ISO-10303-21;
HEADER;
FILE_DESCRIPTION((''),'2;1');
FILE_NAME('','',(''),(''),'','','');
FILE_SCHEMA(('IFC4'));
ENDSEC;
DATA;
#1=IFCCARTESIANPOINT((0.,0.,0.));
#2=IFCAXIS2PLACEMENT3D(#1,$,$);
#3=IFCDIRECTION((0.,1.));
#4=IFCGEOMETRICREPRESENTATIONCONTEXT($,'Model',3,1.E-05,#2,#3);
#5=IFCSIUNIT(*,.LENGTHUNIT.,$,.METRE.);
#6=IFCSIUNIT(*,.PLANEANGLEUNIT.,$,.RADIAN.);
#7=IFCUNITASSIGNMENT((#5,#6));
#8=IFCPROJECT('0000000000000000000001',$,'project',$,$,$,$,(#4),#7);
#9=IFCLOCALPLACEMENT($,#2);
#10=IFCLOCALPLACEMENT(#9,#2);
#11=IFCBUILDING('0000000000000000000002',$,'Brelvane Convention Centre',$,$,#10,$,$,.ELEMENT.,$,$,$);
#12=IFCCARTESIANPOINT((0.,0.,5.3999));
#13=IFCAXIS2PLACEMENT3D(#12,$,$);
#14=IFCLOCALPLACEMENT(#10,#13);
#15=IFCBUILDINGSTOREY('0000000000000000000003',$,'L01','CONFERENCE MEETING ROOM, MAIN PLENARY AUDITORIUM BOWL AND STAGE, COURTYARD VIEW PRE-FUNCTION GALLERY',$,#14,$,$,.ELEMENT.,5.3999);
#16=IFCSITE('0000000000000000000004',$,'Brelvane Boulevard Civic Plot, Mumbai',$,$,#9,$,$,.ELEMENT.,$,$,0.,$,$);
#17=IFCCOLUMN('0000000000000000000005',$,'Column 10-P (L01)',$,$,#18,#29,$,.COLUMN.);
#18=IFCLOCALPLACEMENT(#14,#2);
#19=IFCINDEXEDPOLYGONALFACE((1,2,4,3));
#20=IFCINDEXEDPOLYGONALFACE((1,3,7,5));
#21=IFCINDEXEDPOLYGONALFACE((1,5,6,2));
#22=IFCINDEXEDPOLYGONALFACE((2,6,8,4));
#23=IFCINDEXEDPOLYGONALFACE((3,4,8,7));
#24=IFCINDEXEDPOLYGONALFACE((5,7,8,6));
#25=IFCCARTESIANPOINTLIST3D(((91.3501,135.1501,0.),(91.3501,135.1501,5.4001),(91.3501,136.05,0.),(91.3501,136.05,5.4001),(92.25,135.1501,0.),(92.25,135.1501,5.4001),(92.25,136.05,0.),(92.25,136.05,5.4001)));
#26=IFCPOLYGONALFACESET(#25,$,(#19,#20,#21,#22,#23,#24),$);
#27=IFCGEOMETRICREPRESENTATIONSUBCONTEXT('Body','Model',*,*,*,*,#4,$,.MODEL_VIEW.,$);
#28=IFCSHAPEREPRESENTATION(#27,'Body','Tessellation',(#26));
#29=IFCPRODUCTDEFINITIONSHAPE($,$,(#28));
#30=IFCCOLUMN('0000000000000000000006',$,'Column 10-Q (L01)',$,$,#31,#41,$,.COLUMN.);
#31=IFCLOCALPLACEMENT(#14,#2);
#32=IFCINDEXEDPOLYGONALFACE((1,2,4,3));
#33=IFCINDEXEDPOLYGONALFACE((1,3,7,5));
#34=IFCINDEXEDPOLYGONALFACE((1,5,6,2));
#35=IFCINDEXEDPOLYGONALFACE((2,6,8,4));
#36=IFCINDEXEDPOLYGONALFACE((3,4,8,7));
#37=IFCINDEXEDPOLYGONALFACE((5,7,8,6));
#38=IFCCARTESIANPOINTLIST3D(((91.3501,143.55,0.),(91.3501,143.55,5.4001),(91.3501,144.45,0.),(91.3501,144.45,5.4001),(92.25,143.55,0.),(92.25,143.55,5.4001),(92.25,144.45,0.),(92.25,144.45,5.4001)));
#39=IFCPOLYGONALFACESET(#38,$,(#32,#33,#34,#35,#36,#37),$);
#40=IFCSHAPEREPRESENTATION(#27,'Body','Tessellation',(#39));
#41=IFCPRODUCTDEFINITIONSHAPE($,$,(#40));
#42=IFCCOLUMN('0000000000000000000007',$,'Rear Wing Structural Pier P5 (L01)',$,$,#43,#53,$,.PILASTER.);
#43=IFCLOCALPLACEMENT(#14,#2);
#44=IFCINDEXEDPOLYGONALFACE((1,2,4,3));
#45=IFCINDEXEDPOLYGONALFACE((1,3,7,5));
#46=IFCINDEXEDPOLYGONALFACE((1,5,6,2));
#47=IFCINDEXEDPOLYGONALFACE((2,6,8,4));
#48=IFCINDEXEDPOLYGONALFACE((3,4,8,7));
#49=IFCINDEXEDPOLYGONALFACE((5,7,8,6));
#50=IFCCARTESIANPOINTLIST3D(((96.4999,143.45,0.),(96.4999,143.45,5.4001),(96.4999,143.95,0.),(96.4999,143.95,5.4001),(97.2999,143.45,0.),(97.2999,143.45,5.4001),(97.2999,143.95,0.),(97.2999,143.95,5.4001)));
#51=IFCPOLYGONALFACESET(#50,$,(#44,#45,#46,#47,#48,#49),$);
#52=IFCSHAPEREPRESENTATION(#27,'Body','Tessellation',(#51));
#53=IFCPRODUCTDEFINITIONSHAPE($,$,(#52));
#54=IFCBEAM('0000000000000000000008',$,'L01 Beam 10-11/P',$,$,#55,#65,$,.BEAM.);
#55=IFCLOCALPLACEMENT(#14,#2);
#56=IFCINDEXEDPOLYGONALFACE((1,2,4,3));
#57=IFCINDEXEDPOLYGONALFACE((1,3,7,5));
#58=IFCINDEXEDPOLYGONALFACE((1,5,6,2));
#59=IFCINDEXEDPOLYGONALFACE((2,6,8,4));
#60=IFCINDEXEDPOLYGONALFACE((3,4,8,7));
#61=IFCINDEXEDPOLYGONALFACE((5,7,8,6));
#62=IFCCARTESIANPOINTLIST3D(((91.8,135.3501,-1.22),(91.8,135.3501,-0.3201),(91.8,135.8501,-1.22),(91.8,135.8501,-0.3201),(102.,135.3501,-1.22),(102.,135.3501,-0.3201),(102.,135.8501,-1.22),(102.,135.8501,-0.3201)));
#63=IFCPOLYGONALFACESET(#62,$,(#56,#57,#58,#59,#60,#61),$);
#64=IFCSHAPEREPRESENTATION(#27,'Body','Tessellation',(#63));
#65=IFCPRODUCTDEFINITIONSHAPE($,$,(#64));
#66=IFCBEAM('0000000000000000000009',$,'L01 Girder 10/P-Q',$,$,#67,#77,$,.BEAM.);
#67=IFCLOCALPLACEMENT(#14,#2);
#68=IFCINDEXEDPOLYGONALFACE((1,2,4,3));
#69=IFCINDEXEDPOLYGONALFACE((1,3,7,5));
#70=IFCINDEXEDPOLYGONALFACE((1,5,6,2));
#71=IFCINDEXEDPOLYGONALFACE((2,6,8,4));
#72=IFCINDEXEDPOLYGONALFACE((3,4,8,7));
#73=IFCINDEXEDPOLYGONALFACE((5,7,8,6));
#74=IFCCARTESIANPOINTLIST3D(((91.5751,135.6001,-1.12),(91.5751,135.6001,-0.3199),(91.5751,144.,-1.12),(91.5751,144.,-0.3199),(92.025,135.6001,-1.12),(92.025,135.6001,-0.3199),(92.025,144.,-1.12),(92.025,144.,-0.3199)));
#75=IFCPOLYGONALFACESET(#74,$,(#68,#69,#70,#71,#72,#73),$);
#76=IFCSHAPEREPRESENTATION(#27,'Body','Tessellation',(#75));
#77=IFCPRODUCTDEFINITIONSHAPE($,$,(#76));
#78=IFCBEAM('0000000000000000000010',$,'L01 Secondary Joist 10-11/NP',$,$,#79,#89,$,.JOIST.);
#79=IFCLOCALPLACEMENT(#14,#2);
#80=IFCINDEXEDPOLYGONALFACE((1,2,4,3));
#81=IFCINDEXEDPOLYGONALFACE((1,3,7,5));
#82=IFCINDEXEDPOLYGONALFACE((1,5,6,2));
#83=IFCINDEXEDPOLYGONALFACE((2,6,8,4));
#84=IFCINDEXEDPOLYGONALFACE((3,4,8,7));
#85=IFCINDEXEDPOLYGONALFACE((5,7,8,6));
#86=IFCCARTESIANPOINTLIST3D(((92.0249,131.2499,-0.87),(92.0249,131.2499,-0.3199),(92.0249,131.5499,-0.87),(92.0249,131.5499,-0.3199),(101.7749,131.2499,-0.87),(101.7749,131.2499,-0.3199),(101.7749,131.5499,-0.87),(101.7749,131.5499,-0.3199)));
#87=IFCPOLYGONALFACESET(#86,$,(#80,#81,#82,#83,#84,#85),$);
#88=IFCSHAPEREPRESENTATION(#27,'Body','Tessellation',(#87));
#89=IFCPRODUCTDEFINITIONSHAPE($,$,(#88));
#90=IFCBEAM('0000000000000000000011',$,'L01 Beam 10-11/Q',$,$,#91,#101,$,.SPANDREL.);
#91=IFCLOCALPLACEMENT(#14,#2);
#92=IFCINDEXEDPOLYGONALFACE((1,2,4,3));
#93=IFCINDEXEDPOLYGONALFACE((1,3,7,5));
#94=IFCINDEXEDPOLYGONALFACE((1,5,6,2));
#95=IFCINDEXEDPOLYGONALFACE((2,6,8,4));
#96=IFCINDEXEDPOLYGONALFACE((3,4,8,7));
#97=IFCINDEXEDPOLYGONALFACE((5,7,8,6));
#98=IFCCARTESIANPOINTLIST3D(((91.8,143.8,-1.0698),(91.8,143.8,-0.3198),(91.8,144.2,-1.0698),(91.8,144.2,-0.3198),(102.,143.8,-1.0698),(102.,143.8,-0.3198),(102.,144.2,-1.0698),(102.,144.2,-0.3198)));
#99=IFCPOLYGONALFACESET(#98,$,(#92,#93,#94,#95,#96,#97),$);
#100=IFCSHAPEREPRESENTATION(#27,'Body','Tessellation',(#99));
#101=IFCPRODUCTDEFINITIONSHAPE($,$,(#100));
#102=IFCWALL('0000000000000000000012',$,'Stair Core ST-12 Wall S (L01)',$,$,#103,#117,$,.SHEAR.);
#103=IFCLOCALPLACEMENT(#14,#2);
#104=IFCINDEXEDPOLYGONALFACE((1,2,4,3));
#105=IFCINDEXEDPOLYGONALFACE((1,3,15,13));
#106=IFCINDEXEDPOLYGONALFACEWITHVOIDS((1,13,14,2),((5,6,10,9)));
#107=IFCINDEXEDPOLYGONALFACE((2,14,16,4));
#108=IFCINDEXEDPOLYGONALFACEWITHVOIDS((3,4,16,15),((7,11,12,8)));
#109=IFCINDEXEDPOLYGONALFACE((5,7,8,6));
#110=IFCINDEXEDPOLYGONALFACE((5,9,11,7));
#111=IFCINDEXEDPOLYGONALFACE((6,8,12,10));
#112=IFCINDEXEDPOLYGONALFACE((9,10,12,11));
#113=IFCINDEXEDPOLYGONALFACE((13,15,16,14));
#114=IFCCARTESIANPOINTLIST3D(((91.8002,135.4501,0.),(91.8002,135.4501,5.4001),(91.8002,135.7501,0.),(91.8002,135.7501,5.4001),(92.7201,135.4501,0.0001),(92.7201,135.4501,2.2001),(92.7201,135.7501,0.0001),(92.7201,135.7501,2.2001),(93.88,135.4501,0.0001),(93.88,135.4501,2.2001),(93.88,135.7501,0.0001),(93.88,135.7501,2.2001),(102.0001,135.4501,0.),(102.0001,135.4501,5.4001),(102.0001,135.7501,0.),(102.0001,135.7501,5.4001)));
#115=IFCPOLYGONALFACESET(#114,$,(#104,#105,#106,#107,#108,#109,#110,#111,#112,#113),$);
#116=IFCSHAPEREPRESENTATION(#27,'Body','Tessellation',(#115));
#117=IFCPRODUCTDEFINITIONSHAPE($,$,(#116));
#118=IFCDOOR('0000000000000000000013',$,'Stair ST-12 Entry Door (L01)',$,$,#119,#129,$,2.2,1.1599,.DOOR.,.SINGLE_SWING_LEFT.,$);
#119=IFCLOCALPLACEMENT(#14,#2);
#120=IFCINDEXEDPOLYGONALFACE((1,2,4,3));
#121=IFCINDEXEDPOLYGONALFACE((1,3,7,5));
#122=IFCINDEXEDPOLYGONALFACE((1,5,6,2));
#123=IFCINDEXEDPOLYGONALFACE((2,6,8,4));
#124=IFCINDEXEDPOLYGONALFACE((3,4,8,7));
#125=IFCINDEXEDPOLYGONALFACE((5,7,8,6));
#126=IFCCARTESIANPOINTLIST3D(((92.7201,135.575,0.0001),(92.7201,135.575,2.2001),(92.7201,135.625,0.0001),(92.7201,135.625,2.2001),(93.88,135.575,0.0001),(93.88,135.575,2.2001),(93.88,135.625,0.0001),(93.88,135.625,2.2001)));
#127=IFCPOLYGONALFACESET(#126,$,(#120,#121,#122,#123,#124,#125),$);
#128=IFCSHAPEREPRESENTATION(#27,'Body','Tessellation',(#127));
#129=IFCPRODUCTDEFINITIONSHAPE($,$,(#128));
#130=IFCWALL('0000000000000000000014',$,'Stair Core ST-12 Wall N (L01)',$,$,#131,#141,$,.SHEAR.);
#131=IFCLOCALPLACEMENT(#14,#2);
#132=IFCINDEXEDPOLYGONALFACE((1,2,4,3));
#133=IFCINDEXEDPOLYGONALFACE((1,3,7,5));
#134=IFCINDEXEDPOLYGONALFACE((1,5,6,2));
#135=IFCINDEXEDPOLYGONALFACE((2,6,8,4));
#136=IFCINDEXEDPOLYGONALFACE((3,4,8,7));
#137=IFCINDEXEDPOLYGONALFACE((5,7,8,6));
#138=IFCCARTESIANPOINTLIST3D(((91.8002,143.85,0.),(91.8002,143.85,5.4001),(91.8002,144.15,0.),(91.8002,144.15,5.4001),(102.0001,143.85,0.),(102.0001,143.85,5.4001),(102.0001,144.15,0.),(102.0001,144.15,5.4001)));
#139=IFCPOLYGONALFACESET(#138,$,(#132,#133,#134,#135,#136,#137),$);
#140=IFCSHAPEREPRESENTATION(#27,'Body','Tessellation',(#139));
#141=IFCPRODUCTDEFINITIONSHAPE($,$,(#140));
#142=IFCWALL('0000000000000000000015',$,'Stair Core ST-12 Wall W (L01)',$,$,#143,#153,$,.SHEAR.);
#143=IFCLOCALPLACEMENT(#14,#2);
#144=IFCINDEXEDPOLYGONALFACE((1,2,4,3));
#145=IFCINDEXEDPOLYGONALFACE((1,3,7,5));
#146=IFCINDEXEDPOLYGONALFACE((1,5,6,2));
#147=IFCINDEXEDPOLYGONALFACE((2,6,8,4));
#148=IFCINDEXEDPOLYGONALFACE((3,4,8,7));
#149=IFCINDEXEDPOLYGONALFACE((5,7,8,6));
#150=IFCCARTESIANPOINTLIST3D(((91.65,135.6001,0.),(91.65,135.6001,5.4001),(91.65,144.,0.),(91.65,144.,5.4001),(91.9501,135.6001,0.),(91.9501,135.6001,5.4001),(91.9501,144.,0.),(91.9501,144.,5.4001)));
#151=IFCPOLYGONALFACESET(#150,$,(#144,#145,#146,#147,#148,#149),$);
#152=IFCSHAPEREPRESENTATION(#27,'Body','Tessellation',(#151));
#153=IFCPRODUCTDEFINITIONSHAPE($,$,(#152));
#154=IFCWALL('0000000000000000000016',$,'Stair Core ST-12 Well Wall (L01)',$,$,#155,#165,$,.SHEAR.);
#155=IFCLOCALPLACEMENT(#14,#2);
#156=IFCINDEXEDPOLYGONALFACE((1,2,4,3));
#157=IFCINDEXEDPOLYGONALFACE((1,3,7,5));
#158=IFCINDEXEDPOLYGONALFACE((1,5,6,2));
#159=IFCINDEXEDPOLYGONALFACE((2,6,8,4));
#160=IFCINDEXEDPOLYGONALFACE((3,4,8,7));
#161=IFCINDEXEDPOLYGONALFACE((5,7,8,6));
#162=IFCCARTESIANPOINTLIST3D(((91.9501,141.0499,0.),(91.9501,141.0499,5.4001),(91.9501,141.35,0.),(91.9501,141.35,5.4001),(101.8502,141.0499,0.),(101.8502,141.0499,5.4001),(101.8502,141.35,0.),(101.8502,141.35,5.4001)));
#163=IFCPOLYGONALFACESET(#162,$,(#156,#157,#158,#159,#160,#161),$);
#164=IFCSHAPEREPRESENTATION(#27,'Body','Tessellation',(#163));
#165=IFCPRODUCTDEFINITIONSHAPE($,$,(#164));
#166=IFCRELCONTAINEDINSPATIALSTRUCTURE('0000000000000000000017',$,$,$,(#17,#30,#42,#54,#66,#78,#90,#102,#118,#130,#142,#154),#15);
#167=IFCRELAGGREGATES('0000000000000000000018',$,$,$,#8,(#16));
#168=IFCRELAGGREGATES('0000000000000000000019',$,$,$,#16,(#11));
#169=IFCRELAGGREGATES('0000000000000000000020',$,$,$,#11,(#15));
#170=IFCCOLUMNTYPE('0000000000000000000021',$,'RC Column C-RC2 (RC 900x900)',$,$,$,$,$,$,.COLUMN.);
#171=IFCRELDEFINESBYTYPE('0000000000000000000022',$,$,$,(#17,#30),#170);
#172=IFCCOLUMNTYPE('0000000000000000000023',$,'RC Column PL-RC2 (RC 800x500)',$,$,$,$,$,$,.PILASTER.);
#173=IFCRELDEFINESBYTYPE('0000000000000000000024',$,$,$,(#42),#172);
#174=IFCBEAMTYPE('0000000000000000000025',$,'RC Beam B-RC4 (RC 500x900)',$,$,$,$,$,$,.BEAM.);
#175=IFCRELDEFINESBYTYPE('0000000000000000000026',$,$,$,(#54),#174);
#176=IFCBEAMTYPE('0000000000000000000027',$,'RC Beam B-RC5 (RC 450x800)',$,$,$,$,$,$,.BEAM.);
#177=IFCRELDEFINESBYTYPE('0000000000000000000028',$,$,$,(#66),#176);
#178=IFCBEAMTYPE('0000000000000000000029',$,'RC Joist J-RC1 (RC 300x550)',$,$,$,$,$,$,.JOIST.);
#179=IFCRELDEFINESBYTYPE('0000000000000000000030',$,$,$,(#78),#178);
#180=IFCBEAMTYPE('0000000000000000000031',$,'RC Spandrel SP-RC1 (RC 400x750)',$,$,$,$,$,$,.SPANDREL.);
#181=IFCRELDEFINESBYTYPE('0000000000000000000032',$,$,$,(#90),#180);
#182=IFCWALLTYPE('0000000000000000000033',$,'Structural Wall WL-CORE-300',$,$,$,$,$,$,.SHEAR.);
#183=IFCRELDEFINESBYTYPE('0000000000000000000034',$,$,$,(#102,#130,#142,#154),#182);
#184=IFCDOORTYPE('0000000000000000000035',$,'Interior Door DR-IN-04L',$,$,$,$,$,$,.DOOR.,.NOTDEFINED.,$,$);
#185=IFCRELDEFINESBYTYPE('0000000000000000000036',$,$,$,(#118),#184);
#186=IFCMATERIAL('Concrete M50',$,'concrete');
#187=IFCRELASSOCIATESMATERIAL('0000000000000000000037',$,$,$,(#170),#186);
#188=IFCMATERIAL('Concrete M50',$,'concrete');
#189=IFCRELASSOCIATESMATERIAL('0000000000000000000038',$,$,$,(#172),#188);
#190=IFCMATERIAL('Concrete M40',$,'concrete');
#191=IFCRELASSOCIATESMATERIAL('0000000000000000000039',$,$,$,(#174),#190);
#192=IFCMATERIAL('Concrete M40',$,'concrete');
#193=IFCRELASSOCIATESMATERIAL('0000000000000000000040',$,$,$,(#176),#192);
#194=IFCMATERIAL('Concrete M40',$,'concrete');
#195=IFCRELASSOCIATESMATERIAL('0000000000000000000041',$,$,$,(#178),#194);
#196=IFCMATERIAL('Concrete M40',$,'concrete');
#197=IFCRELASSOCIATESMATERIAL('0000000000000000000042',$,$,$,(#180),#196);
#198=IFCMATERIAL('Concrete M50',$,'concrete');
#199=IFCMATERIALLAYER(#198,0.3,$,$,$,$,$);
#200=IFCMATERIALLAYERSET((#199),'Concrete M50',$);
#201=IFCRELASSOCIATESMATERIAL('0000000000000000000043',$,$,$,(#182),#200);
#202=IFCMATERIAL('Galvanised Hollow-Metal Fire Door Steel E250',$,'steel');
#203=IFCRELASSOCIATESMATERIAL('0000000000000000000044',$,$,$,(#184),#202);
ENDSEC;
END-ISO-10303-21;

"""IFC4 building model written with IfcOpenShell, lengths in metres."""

from ifc_helpers import new_model, si_unit, direction, frame, frame_2d, origin, origin_2d, place, context, subcontext, project, spatial, rectangle, extrude, material, layer, layer_set, material_profile, profile_set, type_object, element, fill, save


model = new_model("IFC4")

# Units and contexts
model_context = context("Model", 3, precision=1e-05, world=origin(), true_north=direction((0.0, 1.0)))
body_context = subcontext(model_context, "Body", "Model", "MODEL_VIEW")
ifc_project = project(units=[si_unit("LENGTHUNIT", "METRE"), si_unit("PLANEANGLEUNIT", "RADIAN")], contexts=[model_context])

# Site, building, storey
site_placement = place(None, origin())
site = spatial("IfcSite", under=ifc_project, at=site_placement, Name="Brelvane Boulevard Civic Plot, Mumbai", CompositionType="ELEMENT", RefElevation=0.0)
building_placement = place(site_placement, origin())
building = spatial("IfcBuilding", under=site, at=building_placement, Name="Brelvane Convention Centre", CompositionType="ELEMENT")
storey_placement = place(building_placement, frame((0.0, 0.0, 5.3999)))
storey = spatial("IfcBuildingStorey", under=building, at=storey_placement, Name="L01", Description="CONFERENCE MEETING ROOM, MAIN PLENARY AUDITORIUM BOWL AND STAGE, COURTYARD VIEW PRE-FUNCTION GALLERY", CompositionType="ELEMENT", Elevation=5.3999)

# Columns
ifc_material_1 = material(Name="Concrete M50", Category="concrete")
ifc_material_profile_1 = material_profile(ifc_material_1, rectangle(XDim=0.8999, YDim=0.8999, at=origin_2d()), Name="RC 900x900")
ifc_profile_set_1 = profile_set([ifc_material_profile_1], Name="Concrete M50")
column_type_1 = type_object("IfcColumnType", Name="RC Column C-RC2 (RC 900x900)", PredefinedType="COLUMN", material=ifc_profile_set_1)
for number, where, z_axis, x_axis, name in (
    (1, (91.8, 135.6001, 0.0), (0.0, 0.0, 1.0), (1.0, 0.0, 0.0), "Column 10-P (L01)"),
    (2, (91.8, 144.0, 0.0), (0.0, 0.0, 1.0), (1.0, 0.0, 0.0), "Column 10-Q (L01)"),
):
    element("IfcColumn", number, at=place(storey_placement, frame(where, z_axis=z_axis, x_axis=x_axis)), inside=storey, type_object=column_type_1, Name=name, PredefinedType="COLUMN", context=body_context, shape_type="SweptSolid", body=[
        extrude(rectangle(XDim=0.8999, YDim=0.8999, at=origin_2d()), origin(), (0.0, 0.0, 1.0), 5.4001),
    ])
ifc_material_2 = material(Name="Concrete M50", Category="concrete")
ifc_material_profile_2 = material_profile(ifc_material_2, rectangle(XDim=0.8, YDim=0.5, at=origin_2d()), Name="RC 800x500")
ifc_profile_set_2 = profile_set([ifc_material_profile_2], Name="Concrete M50")
column_type_2 = type_object("IfcColumnType", Name="RC Column PL-RC2 (RC 800x500)", PredefinedType="PILASTER", material=ifc_profile_set_2)
column_placement = place(storey_placement, frame((96.8999, 143.7, 0.0), z_axis=(0.0, 0.0, 1.0), x_axis=(1.0, 0.0, 0.0)))
element("IfcColumn", 3, at=column_placement, inside=storey, type_object=column_type_2, Name="Rear Wing Structural Pier P5 (L01)", PredefinedType="PILASTER", context=body_context, shape_type="SweptSolid", body=[
    extrude(rectangle(XDim=0.8, YDim=0.5, at=origin_2d()), origin(), (0.0, 0.0, 1.0), 5.4001),
])

# Beams
ifc_material_3 = material(Name="Concrete M40", Category="concrete")
ifc_material_profile_3 = material_profile(ifc_material_3, rectangle(XDim=0.5, YDim=0.8999, at=origin_2d()), Name="RC 500x900")
ifc_profile_set_3 = profile_set([ifc_material_profile_3], Name="Concrete M40")
beam_type_1 = type_object("IfcBeamType", Name="RC Beam B-RC4 (RC 500x900)", PredefinedType="BEAM", material=ifc_profile_set_3)
beam_1_placement = place(storey_placement, frame((91.8, 135.6001, -0.77), z_axis=(1.0, 0.0, 0.0), x_axis=(0.0, 1.0, 0.0)))
element("IfcBeam", 4, at=beam_1_placement, inside=storey, type_object=beam_type_1, Name="L01 Beam 10-11/P", PredefinedType="BEAM", context=body_context, shape_type="SweptSolid", body=[
    extrude(rectangle(XDim=0.5, YDim=0.8999, at=origin_2d()), origin(), (0.0, 0.0, 1.0), 10.2),
])
ifc_material_4 = material(Name="Concrete M40", Category="concrete")
ifc_material_profile_4 = material_profile(ifc_material_4, rectangle(XDim=0.45, YDim=0.8, at=origin_2d()), Name="RC 450x800")
ifc_profile_set_4 = profile_set([ifc_material_profile_4], Name="Concrete M40")
beam_type_2 = type_object("IfcBeamType", Name="RC Beam B-RC5 (RC 450x800)", PredefinedType="BEAM", material=ifc_profile_set_4)
beam_2_placement = place(storey_placement, frame((91.8, 135.6001, -0.72), z_axis=(0.0, 1.0, 0.0), x_axis=(-1.0, 0.0, 0.0)))
element("IfcBeam", 5, at=beam_2_placement, inside=storey, type_object=beam_type_2, Name="L01 Girder 10/P-Q", PredefinedType="BEAM", context=body_context, shape_type="SweptSolid", body=[
    extrude(rectangle(XDim=0.45, YDim=0.8, at=origin_2d()), origin(), (0.0, 0.0, 1.0), 8.3999),
])
ifc_material_5 = material(Name="Concrete M40", Category="concrete")
ifc_material_profile_5 = material_profile(ifc_material_5, rectangle(XDim=0.3, YDim=0.55, at=origin_2d()), Name="RC 300x550")
ifc_profile_set_5 = profile_set([ifc_material_profile_5], Name="Concrete M40")
beam_type_3 = type_object("IfcBeamType", Name="RC Joist J-RC1 (RC 300x550)", PredefinedType="JOIST", material=ifc_profile_set_5)
beam_3_placement = place(storey_placement, frame((92.0249, 131.3999, -0.595), z_axis=(1.0, 0.0, 0.0), x_axis=(0.0, 1.0, 0.0)))
element("IfcBeam", 6, at=beam_3_placement, inside=storey, type_object=beam_type_3, Name="L01 Secondary Joist 10-11/NP", PredefinedType="JOIST", context=body_context, shape_type="SweptSolid", body=[
    extrude(rectangle(XDim=0.3, YDim=0.55, at=origin_2d()), origin(), (0.0, 0.0, 1.0), 9.75),
])
ifc_material_6 = material(Name="Concrete M40", Category="concrete")
ifc_material_profile_6 = material_profile(ifc_material_6, rectangle(XDim=0.3999, YDim=0.75, at=origin_2d()), Name="RC 400x750")
ifc_profile_set_6 = profile_set([ifc_material_profile_6], Name="Concrete M40")
beam_type_4 = type_object("IfcBeamType", Name="RC Spandrel SP-RC1 (RC 400x750)", PredefinedType="SPANDREL", material=ifc_profile_set_6)
beam_4_placement = place(storey_placement, frame((91.8, 144.0, -0.6948), z_axis=(1.0, 0.0, 0.0), x_axis=(0.0, 1.0, 0.0)))
element("IfcBeam", 7, at=beam_4_placement, inside=storey, type_object=beam_type_4, Name="L01 Beam 10-11/Q", PredefinedType="SPANDREL", context=body_context, shape_type="SweptSolid", body=[
    extrude(rectangle(XDim=0.3999, YDim=0.75, at=origin_2d()), origin(), (0.0, 0.0, 1.0), 10.2),
])

# Wall, opening, door
ifc_material_7 = material(Name="Concrete M50", Category="concrete")
ifc_layer = layer(ifc_material_7, 0.3)
ifc_layer_set = layer_set([ifc_layer], Name="Concrete M50")
wall_type = type_object("IfcWallType", Name="Structural Wall WL-CORE-300", PredefinedType="SHEAR", material=ifc_layer_set)
wall_1_placement = place(storey_placement, frame((91.8, 135.6001, 0.0), z_axis=(0.0, 0.0, 1.0), x_axis=(1.0, 0.0, 0.0)))
wall_1 = element("IfcWall", 8, at=wall_1_placement, inside=storey, type_object=wall_type, Name="Stair Core ST-12 Wall S (L01)", PredefinedType="SHEAR", context=body_context, shape_type="SweptSolid", body=[
    extrude(rectangle(XDim=10.2, YDim=0.3, at=frame_2d((5.1001, 0.0))), origin(), (0.0, 0.0, 1.0), 5.4001),
])
opening_placement = place(wall_1_placement, frame((0.9199, 0.0, 0.0)))
opening = element("IfcOpeningElement", 9, at=opening_placement, cuts=wall_1, PredefinedType="OPENING", context=body_context, shape_type="SweptSolid", body=[
    extrude(rectangle(XDim=1.1599, YDim=2.2, at=frame_2d((0.5801, 1.1001))), frame((0.0, 0.1599, 0.0), z_axis=(0.0, -1.0, 0.0), x_axis=(1.0, 0.0, 0.0)), (0.0, 0.0, 1.0), 0.3201),
])
ifc_material_8 = material(Name="Galvanised Hollow-Metal Fire Door Steel E250", Category="steel")
door_type = type_object("IfcDoorType", Name="Interior Door DR-IN-04L", OperationType="NOTDEFINED", PredefinedType="DOOR", material=ifc_material_8)
door_placement = place(opening_placement, origin())
door = element("IfcDoor", 10, at=door_placement, inside=storey, type_object=door_type, Name="Stair ST-12 Entry Door (L01)", OperationType="SINGLE_SWING_LEFT", OverallHeight=2.2, OverallWidth=1.1599, PredefinedType="DOOR", context=body_context, shape_type="SweptSolid", body=[
    extrude(rectangle(XDim=1.1599, YDim=2.2, at=frame_2d((0.5801, 1.1001))), frame((0.0, 0.0249, 0.0), z_axis=(0.0, -1.0, 0.0), x_axis=(1.0, 0.0, 0.0)), (0.0, 0.0, 1.0), 0.05),
])
fill(opening, door)

# Walls
wall_2_placement = place(storey_placement, frame((91.8, 144.0, 0.0), z_axis=(0.0, 0.0, 1.0), x_axis=(1.0, 0.0, 0.0)))
element("IfcWall", 11, at=wall_2_placement, inside=storey, type_object=wall_type, Name="Stair Core ST-12 Wall N (L01)", PredefinedType="SHEAR", context=body_context, shape_type="SweptSolid", body=[
    extrude(rectangle(XDim=10.2, YDim=0.3, at=frame_2d((5.1001, 0.0))), origin(), (0.0, 0.0, 1.0), 5.4001),
])
wall_3_placement = place(storey_placement, frame((91.8, 135.6001, 0.0), z_axis=(0.0, 0.0, 1.0), x_axis=(0.0, 1.0, 0.0)))
element("IfcWall", 12, at=wall_3_placement, inside=storey, type_object=wall_type, Name="Stair Core ST-12 Wall W (L01)", PredefinedType="SHEAR", context=body_context, shape_type="SweptSolid", body=[
    extrude(rectangle(XDim=8.3999, YDim=0.3, at=frame_2d((4.2, 0.0))), origin(), (0.0, 0.0, 1.0), 5.4001),
])
wall_4_placement = place(storey_placement, frame((91.95, 141.2, 0.0), z_axis=(0.0, 0.0, 1.0), x_axis=(1.0, 0.0, 0.0)))
element("IfcWall", 13, at=wall_4_placement, inside=storey, type_object=wall_type, Name="Stair Core ST-12 Well Wall (L01)", PredefinedType="SHEAR", context=body_context, shape_type="SweptSolid", body=[
    extrude(rectangle(XDim=9.9001, YDim=0.3, at=frame_2d((4.9502, 0.0))), origin(), (0.0, 0.0, 1.0), 5.4001),
])

save(model, "model.ifc")
